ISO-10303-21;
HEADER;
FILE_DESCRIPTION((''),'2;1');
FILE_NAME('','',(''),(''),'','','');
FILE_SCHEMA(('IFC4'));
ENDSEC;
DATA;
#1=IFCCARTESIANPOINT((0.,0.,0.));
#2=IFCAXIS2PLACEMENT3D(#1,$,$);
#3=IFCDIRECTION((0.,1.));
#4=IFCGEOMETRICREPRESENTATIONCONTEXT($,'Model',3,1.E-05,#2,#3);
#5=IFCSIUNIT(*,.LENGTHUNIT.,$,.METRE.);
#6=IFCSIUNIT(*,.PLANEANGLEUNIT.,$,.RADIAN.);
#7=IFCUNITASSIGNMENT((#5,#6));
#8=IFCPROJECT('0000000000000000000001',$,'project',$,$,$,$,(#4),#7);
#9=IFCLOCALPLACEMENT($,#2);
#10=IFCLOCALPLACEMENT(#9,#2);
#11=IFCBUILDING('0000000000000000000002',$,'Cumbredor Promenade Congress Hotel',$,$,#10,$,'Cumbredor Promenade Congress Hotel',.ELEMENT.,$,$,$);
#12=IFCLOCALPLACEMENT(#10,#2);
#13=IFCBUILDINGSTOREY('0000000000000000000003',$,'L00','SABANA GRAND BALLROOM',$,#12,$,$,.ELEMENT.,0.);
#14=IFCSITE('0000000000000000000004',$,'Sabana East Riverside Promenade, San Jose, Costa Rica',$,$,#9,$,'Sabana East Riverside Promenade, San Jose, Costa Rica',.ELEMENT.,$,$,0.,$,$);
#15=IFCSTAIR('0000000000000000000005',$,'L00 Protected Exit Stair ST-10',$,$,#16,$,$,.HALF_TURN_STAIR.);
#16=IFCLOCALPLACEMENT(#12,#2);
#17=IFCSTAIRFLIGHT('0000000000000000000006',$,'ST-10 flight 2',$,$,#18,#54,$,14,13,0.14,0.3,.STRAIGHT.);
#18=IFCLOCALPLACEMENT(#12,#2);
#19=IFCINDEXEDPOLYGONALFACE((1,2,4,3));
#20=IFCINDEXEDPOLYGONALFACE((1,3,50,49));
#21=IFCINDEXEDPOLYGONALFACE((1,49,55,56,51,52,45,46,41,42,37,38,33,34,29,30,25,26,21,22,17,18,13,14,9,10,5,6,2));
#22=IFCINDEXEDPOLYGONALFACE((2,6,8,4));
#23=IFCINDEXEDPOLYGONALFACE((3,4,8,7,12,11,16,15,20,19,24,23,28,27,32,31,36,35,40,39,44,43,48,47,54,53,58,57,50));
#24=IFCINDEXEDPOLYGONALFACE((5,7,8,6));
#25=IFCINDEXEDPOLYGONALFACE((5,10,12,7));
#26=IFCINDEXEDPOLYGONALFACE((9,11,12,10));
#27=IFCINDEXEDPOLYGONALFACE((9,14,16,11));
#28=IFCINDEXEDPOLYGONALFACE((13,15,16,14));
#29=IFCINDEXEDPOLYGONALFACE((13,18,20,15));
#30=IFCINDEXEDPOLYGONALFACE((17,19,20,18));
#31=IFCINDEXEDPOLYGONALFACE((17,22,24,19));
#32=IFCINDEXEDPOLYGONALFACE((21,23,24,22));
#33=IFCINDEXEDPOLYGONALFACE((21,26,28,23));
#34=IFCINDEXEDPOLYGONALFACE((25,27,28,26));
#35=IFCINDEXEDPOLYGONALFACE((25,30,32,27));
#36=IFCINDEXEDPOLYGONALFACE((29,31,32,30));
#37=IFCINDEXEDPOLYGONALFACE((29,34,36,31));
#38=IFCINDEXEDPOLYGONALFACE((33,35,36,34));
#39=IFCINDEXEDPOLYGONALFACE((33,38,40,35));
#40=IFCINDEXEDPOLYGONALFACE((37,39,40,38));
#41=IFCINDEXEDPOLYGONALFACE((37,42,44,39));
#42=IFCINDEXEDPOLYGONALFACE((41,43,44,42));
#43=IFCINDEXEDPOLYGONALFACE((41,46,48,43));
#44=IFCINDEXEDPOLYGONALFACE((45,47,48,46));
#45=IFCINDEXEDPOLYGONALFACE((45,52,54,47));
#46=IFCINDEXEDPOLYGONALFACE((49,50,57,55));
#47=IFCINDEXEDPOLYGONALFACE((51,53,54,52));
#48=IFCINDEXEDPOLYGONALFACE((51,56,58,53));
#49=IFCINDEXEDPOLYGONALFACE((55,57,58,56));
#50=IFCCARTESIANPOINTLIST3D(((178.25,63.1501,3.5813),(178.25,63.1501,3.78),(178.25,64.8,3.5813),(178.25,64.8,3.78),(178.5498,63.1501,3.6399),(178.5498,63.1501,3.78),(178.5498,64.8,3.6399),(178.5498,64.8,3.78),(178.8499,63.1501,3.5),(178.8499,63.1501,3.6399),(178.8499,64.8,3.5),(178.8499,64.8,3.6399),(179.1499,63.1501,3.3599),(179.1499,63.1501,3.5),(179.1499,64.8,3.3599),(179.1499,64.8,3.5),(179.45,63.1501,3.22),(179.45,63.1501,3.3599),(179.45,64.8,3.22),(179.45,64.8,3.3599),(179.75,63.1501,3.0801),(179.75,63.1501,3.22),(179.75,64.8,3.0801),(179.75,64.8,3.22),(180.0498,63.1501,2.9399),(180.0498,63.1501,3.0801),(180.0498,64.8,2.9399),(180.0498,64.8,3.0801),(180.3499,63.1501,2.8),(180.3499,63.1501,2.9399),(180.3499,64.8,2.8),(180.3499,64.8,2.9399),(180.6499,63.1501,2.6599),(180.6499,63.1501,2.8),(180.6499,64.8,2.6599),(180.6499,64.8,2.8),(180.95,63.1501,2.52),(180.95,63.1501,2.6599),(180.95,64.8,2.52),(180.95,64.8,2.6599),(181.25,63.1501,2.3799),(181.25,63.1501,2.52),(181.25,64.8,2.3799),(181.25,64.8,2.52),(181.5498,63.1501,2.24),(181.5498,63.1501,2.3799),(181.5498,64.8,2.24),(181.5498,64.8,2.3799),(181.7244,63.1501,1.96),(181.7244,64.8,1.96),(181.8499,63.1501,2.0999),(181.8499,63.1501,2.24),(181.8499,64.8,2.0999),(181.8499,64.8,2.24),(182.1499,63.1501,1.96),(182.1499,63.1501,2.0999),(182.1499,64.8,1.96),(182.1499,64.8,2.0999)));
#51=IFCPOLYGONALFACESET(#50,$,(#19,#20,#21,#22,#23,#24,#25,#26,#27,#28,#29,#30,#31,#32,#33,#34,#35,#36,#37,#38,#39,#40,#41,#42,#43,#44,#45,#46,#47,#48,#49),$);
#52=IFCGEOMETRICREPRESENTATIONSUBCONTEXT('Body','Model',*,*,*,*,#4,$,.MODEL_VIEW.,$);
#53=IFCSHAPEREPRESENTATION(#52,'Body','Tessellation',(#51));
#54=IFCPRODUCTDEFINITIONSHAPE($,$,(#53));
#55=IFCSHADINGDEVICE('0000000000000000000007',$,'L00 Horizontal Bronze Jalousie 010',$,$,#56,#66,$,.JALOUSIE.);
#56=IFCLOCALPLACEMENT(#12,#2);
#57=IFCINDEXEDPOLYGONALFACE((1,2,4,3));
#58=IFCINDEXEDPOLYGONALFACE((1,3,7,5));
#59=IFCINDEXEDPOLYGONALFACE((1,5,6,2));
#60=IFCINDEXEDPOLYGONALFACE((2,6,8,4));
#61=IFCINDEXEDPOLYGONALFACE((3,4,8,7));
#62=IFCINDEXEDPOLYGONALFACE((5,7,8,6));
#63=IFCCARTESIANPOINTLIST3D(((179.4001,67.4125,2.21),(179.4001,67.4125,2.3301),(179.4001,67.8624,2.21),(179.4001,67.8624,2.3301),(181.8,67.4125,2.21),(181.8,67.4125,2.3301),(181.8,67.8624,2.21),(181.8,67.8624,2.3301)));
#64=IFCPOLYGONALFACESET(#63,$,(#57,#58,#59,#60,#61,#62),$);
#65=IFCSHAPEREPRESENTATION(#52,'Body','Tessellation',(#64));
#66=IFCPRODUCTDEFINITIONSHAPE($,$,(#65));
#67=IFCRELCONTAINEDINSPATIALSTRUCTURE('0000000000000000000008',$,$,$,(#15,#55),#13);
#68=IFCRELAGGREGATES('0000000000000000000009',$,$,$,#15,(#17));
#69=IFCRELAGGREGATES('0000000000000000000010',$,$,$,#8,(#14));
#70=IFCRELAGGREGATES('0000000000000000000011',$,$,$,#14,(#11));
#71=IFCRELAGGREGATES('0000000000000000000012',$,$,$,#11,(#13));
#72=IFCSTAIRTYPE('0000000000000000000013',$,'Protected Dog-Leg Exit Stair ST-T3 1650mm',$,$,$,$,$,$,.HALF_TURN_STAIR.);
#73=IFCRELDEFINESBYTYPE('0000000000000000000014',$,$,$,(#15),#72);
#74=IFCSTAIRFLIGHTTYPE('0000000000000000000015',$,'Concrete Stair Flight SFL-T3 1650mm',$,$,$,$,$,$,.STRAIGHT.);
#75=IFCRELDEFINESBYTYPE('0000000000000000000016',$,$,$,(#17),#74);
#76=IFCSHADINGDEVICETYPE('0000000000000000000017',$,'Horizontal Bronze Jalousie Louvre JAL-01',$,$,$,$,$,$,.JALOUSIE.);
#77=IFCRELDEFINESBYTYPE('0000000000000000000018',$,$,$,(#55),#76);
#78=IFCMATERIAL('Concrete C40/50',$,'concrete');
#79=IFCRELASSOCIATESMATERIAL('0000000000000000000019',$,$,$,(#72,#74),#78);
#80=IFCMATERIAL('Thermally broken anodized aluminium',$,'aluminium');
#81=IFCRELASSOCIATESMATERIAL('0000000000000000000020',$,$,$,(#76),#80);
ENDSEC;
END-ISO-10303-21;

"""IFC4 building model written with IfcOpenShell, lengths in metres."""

from ifc_helpers import new_model, si_unit, direction, frame, origin, origin_2d, place, context, subcontext, project, spatial, polyline, rectangle, outline, extrude, material, type_object, element, aggregate, save


model = new_model("IFC4")

# Units and contexts
model_context = context("Model", 3, precision=1e-05, world=origin(), true_north=direction((0.0, 1.0)))
body_context = subcontext(model_context, "Body", "Model", "MODEL_VIEW")
ifc_project = project(units=[si_unit("LENGTHUNIT", "METRE"), si_unit("PLANEANGLEUNIT", "RADIAN")], contexts=[model_context])

# Site, building, storey
site_placement = place(None, origin())
site = spatial("IfcSite", under=ifc_project, at=site_placement, Name="Sabana East Riverside Promenade, San Jose, Costa Rica", LongName="Sabana East Riverside Promenade, San Jose, Costa Rica", CompositionType="ELEMENT", RefElevation=0.0)
building_placement = place(site_placement, origin())
building = spatial("IfcBuilding", under=site, at=building_placement, Name="Cumbredor Promenade Congress Hotel", LongName="Cumbredor Promenade Congress Hotel", CompositionType="ELEMENT")
storey_placement = place(building_placement, origin())
storey = spatial("IfcBuildingStorey", under=building, at=storey_placement, Name="L00", Description="SABANA GRAND BALLROOM", CompositionType="ELEMENT", Elevation=0.0)

# Shared definitions
ifc_material_1 = material(Name="Thermally broken anodized aluminium", Category="aluminium")

# Shared definitions
ifc_material_2 = material(Name="Concrete C40/50", Category="concrete")

# Stair, stair flight
stair_type = type_object("IfcStairType", Name="Protected Dog-Leg Exit Stair ST-T3 1650mm", PredefinedType="HALF_TURN_STAIR", material=ifc_material_2)
stair_placement = place(storey_placement, origin())
stair = element("IfcStair", 1, at=stair_placement, inside=storey, type_object=stair_type, Name="L00 Protected Exit Stair ST-10", PredefinedType="HALF_TURN_STAIR")
stair_flight_type = type_object("IfcStairFlightType", Name="Concrete Stair Flight SFL-T3 1650mm", PredefinedType="STRAIGHT", material=ifc_material_2)
stair_flight_1_placement = place(storey_placement, frame((182.1499, 63.9751, 1.96), z_axis=(0.0, 0.0, 1.0), x_axis=(-1.0, 0.0, 0.0)))
stair_flight_1 = element("IfcStairFlight", 2, at=stair_flight_1_placement, type_object=stair_flight_type, Name="ST-10 flight 2", NumberOfRisers=14, NumberOfTreads=13, PredefinedType="STRAIGHT", RiserHeight=0.14, TreadLength=0.3, context=body_context, shape_type="SweptSolid", body=[
    extrude(outline(polyline([(0.0, 0.0), (0.0, 0.1399), (0.3, 0.1399), (0.3, 0.28), (0.6001, 0.28), (0.6001, 0.4199), (0.8999, 0.4199), (0.8999, 0.5601), (1.2, 0.5601), (1.2, 0.7), (1.5, 0.7), (1.5, 0.8401), (1.8, 0.8401), (1.8, 0.98), (2.1001, 0.98), (2.1001, 1.1201), (2.3999, 1.1201), (2.3999, 1.26), (2.7, 1.26), (2.7, 1.3999), (3.0, 1.3999), (3.0, 1.54), (3.3, 1.54), (3.3, 1.6799), (3.6001, 1.6799), (3.6001, 1.8201), (3.8999, 1.8201), (3.8999, 1.96), (3.8999, 1.6213), (0.4255, 0.0), (0.0, 0.0)])), frame((0.0, 0.825, 0.0), z_axis=(0.0, -1.0, 0.0), x_axis=(1.0, 0.0, 0.0)), (0.0, 0.0, 1.0), 1.6499),
])
aggregate(stair, [stair_flight_1])

# Shading device
shading_device_type = type_object("IfcShadingDeviceType", Name="Horizontal Bronze Jalousie Louvre JAL-01", PredefinedType="JALOUSIE", material=ifc_material_1)
shading_device_placement = place(storey_placement, frame((180.6001, 67.6375, 2.21), z_axis=(0.0, 0.0, 1.0), x_axis=(1.0, 0.0, 0.0)))
element("IfcShadingDevice", 3, at=shading_device_placement, inside=storey, type_object=shading_device_type, Name="L00 Horizontal Bronze Jalousie 010", PredefinedType="JALOUSIE", context=body_context, shape_type="SweptSolid", body=[
    extrude(rectangle(XDim=2.3999, YDim=0.45, at=origin_2d()), origin(), (0.0, 0.0, 1.0), 0.1201),
])

save(model, "model.ifc")
